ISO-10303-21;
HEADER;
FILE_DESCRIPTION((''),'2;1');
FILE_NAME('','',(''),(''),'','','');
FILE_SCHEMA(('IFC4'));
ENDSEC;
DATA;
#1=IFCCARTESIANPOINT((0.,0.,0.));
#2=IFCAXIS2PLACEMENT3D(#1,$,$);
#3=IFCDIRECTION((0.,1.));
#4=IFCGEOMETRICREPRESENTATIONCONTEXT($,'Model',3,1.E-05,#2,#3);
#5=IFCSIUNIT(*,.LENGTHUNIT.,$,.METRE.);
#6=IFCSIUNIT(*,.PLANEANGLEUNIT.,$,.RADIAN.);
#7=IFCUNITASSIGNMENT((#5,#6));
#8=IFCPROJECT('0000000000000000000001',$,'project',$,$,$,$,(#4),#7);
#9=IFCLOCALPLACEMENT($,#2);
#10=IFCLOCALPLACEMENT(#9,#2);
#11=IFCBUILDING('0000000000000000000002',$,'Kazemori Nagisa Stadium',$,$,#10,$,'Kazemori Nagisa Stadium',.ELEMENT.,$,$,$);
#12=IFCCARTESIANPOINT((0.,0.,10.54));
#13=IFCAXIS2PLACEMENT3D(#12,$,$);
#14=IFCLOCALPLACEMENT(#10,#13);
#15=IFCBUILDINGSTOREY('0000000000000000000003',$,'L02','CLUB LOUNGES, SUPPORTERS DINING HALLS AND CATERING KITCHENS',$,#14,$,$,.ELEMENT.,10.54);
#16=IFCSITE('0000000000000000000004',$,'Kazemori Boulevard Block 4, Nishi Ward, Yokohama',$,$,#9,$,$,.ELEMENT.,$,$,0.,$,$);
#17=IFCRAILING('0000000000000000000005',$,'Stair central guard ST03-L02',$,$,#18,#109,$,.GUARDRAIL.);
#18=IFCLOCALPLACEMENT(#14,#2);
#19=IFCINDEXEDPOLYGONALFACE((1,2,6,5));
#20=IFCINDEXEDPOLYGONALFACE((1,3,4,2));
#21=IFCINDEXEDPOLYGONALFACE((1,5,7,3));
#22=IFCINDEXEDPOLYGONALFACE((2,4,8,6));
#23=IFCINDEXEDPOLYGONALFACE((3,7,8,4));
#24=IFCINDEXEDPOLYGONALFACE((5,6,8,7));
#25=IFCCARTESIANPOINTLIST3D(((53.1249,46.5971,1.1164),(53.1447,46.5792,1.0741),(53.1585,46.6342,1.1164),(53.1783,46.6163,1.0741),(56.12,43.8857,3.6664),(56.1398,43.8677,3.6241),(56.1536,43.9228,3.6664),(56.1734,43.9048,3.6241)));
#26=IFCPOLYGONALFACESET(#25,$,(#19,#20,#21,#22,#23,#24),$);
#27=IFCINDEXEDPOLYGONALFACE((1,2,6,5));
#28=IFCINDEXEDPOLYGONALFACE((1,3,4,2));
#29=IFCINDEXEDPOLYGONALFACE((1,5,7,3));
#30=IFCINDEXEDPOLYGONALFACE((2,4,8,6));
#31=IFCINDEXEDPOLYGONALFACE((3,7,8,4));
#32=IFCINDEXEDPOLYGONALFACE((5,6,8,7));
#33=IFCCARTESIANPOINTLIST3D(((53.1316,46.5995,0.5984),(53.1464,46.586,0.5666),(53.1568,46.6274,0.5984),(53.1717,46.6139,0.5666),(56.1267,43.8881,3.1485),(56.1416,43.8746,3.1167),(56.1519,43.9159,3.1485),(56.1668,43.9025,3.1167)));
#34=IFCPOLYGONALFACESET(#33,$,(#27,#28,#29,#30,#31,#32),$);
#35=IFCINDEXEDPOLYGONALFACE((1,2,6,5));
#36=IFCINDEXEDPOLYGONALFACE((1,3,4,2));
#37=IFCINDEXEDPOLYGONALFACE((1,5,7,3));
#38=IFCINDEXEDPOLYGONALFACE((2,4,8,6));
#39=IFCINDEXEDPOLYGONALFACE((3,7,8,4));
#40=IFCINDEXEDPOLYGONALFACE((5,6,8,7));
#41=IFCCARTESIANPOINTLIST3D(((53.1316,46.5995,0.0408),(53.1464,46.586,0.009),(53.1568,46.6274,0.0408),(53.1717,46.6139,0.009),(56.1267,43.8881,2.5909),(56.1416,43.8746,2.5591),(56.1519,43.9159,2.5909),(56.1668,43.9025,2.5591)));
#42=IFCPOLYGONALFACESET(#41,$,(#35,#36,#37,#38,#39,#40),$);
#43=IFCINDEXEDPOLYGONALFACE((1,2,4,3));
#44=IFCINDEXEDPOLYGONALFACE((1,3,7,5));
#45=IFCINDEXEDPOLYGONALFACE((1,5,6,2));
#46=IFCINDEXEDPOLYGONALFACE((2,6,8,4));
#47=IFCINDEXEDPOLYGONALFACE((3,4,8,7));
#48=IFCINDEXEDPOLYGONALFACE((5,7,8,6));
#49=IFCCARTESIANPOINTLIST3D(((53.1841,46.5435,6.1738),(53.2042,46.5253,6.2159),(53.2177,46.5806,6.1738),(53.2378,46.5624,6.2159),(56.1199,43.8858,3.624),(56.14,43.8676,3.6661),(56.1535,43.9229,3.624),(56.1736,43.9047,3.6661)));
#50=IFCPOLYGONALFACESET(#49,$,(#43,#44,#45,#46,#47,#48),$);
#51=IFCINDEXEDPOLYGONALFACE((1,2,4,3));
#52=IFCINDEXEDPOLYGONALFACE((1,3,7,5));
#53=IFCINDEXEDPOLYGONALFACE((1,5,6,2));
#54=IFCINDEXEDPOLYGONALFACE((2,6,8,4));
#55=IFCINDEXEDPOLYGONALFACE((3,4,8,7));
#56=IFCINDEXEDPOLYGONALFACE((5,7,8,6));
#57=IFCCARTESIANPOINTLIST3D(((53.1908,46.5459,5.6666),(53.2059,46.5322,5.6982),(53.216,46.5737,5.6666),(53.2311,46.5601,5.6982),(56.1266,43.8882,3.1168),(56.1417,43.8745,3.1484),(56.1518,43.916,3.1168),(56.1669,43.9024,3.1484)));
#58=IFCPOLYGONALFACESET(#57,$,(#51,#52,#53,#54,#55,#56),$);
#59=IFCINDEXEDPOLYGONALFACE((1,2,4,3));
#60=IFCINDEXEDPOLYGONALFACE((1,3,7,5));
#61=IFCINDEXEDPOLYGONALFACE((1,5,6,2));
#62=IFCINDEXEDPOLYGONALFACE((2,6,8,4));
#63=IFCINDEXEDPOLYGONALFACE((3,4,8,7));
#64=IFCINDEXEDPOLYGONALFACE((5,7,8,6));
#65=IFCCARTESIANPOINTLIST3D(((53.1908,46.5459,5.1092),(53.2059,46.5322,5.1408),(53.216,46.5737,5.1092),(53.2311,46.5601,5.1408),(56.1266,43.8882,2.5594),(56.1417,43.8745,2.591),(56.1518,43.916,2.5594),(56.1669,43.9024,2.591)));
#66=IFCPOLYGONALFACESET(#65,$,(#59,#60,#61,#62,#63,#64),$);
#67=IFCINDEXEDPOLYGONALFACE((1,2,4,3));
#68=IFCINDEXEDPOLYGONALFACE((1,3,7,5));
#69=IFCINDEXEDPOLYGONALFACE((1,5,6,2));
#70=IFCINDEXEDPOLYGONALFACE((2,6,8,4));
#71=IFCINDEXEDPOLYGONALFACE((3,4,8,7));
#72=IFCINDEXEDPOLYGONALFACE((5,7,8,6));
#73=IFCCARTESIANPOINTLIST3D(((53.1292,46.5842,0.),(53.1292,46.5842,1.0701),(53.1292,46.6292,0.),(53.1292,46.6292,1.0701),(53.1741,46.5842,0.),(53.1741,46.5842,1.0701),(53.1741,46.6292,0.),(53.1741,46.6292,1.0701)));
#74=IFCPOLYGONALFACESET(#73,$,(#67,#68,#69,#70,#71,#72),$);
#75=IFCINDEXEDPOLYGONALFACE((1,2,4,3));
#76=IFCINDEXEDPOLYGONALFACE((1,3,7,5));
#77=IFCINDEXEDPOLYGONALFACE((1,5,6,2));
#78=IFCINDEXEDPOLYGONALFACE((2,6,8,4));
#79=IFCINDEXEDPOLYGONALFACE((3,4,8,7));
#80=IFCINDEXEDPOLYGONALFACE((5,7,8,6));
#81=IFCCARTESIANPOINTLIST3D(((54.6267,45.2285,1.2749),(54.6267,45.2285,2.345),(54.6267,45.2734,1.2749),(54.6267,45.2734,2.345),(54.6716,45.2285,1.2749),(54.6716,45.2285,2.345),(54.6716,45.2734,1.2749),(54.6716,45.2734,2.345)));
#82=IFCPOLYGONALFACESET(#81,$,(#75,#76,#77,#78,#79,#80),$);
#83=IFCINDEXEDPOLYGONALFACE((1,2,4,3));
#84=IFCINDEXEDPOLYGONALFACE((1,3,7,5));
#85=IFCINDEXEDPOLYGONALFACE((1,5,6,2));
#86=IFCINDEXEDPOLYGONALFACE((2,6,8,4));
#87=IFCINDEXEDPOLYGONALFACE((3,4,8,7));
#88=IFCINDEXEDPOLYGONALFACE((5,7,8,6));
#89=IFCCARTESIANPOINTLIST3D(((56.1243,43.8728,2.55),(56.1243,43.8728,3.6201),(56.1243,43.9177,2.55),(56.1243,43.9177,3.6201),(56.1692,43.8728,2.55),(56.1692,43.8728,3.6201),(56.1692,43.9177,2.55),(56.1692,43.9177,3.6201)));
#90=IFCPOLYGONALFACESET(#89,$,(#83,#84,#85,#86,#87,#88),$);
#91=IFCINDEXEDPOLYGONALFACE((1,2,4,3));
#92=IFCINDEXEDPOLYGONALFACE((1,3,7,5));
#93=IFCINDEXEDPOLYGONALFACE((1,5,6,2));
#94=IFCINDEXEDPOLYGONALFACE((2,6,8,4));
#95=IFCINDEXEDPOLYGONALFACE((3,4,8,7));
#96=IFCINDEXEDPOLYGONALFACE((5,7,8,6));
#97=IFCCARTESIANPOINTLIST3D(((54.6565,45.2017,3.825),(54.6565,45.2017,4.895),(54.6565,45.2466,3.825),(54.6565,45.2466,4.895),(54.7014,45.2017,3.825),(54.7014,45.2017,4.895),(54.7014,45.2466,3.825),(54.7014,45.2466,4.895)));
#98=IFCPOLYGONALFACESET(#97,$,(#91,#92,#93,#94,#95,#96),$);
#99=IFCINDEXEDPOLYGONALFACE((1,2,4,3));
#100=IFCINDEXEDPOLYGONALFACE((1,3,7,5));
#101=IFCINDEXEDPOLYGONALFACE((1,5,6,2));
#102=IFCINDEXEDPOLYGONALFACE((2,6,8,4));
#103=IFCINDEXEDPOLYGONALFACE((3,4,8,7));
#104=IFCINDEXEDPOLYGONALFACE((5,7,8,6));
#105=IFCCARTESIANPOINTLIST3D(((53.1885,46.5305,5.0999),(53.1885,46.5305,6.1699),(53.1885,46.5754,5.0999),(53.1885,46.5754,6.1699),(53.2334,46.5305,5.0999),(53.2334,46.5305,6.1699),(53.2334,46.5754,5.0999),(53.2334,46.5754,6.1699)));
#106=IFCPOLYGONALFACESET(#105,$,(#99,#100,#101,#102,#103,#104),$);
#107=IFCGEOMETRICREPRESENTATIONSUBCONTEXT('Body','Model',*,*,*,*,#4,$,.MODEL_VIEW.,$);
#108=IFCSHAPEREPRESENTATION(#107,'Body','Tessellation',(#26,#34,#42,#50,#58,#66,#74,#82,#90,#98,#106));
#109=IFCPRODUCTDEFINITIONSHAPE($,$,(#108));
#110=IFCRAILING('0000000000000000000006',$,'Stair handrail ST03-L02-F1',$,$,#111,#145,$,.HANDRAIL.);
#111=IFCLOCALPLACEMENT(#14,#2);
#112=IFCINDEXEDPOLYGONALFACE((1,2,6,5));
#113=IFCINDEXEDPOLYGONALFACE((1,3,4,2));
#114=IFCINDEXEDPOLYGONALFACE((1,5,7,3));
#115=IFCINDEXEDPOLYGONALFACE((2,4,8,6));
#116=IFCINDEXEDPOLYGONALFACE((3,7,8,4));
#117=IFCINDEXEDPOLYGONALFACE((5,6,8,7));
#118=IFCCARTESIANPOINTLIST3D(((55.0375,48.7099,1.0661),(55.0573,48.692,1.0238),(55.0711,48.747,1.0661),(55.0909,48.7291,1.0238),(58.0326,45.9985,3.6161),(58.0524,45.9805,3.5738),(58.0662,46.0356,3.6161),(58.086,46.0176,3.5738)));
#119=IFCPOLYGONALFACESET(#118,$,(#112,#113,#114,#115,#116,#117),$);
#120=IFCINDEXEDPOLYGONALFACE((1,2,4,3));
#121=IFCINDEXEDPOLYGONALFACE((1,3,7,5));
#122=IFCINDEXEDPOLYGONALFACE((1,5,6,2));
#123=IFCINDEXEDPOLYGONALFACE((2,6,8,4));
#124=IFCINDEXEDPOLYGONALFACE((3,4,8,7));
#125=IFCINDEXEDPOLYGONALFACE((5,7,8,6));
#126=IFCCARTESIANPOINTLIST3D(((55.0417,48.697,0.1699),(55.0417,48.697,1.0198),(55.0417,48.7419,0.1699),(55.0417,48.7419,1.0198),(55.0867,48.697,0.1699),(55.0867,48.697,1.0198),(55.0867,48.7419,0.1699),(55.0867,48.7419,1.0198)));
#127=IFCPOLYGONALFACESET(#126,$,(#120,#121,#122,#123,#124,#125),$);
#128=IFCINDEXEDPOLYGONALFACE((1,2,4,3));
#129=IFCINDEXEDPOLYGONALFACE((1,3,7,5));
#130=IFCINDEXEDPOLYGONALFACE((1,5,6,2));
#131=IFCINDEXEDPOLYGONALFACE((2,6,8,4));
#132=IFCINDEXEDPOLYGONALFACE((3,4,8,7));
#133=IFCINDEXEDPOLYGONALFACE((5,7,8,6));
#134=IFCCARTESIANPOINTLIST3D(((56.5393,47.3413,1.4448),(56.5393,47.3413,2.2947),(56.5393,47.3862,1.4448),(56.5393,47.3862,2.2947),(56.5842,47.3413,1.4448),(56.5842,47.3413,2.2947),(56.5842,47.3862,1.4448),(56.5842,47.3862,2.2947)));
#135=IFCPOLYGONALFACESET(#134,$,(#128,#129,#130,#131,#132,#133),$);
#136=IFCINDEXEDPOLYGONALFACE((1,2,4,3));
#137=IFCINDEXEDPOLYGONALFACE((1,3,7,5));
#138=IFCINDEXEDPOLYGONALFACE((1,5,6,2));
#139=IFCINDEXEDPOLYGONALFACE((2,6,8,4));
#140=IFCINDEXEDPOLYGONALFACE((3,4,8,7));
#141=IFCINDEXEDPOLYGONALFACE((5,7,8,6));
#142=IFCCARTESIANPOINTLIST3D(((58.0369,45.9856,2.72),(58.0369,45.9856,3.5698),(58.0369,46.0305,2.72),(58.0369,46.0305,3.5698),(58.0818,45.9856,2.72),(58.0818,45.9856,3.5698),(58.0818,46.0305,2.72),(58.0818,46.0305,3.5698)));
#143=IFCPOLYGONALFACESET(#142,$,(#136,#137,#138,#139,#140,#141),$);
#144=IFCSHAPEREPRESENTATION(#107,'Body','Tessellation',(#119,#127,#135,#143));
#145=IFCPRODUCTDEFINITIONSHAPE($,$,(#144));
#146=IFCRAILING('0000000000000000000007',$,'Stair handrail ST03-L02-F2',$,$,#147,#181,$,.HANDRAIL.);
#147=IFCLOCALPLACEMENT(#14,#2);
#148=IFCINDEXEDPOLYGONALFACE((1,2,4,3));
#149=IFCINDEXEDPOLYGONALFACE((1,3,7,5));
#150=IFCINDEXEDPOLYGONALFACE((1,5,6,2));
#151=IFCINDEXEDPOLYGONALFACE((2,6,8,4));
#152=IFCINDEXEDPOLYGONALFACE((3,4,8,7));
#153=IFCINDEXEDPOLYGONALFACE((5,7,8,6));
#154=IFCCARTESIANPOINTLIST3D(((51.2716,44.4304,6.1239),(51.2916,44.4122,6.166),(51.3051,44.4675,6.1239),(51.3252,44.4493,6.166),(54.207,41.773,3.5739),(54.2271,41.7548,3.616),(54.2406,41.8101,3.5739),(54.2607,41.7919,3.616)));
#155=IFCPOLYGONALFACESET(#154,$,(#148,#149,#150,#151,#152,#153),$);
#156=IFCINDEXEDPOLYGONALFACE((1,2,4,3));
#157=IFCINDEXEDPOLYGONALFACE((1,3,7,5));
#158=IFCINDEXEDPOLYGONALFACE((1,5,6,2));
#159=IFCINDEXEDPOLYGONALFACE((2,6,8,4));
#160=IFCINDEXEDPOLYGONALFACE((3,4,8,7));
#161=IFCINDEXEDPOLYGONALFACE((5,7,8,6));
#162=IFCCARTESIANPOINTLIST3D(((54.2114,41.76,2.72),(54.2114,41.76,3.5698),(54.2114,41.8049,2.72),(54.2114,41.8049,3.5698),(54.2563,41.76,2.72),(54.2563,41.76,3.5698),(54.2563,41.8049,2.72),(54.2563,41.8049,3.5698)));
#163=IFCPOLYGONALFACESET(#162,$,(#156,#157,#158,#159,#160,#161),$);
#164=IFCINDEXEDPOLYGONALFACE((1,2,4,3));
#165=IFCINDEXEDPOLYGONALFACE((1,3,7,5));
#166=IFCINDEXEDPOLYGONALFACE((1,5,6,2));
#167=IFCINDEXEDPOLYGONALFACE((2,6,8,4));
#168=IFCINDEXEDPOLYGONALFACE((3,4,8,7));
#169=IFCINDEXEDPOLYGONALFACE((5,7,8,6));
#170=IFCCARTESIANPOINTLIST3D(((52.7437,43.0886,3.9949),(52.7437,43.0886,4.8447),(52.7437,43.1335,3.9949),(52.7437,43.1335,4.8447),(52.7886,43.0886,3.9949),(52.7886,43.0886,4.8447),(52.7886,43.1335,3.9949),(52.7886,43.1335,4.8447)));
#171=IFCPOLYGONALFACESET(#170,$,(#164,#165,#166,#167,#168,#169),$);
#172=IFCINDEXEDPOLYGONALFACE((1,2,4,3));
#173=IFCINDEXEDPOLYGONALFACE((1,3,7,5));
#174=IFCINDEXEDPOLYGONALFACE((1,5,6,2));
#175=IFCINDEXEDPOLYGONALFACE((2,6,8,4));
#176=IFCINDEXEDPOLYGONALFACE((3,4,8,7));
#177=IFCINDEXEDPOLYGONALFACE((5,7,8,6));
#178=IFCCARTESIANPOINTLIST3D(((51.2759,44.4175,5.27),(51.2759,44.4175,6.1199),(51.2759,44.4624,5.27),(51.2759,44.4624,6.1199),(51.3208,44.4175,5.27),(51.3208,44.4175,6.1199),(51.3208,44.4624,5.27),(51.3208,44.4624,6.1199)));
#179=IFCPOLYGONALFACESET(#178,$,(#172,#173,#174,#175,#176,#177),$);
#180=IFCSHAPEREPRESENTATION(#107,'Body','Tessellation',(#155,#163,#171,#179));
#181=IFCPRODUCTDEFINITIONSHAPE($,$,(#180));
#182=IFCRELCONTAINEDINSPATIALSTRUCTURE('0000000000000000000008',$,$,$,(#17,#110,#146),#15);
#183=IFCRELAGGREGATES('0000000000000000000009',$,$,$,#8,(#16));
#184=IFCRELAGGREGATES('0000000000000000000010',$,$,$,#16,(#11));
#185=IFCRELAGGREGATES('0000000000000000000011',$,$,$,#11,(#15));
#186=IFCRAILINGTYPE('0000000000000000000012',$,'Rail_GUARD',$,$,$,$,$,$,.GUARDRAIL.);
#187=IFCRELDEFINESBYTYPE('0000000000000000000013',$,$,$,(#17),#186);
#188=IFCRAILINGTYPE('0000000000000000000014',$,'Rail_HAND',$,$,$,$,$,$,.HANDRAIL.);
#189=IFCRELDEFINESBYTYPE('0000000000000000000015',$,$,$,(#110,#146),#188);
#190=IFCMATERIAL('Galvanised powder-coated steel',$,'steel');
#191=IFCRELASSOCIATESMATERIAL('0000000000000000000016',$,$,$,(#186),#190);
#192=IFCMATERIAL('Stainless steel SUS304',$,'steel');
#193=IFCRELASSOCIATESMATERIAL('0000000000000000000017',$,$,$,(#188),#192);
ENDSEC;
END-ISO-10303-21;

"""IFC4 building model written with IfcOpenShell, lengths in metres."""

from ifc_helpers import new_model, si_unit, direction, frame, origin, origin_2d, place, context, subcontext, project, spatial, rectangle, extrude, material, type_object, element, save


model = new_model("IFC4")

# Units and contexts
model_context = context("Model", 3, precision=1e-05, world=origin(), true_north=direction((0.0, 1.0)))
body_context = subcontext(model_context, "Body", "Model", "MODEL_VIEW")
ifc_project = project(units=[si_unit("LENGTHUNIT", "METRE"), si_unit("PLANEANGLEUNIT", "RADIAN")], contexts=[model_context])

# Site, building, storey
site_placement = place(None, origin())
site = spatial("IfcSite", under=ifc_project, at=site_placement, Name="Kazemori Boulevard Block 4, Nishi Ward, Yokohama", CompositionType="ELEMENT", RefElevation=0.0)
building_placement = place(site_placement, origin())
building = spatial("IfcBuilding", under=site, at=building_placement, Name="Kazemori Nagisa Stadium", LongName="Kazemori Nagisa Stadium", CompositionType="ELEMENT")
storey_placement = place(building_placement, frame((0.0, 0.0, 10.54)))
storey = spatial("IfcBuildingStorey", under=building, at=storey_placement, Name="L02", Description="CLUB LOUNGES, SUPPORTERS DINING HALLS AND CATERING KITCHENS", CompositionType="ELEMENT", Elevation=10.54)

# Railings
ifc_material_1 = material(Name="Galvanised powder-coated steel", Category="steel")
railing_type_1 = type_object("IfcRailingType", Name="Rail_GUARD", PredefinedType="GUARDRAIL", material=ifc_material_1)
railing_1_placement = place(storey_placement, frame((53.1516, 46.6067, 0.0)))
element("IfcRailing", 1, at=railing_1_placement, inside=storey, type_object=railing_type_1, Name="Stair central guard ST03-L02", PredefinedType="GUARDRAIL", context=body_context, shape_type="SweptSolid", body=[
    extrude(rectangle(XDim=0.05, YDim=0.05, at=origin_2d()), frame((0.0, 0.0, 1.0952), z_axis=(0.62691, -0.567531, 0.533753), x_axis=(0.671125, 0.741344, 0.0)), (0.0, 0.0, 1.0), 4.7776),
    extrude(rectangle(XDim=0.0376, YDim=0.0376, at=origin_2d()), frame((0.0, 0.0, 0.5825), z_axis=(0.62691, -0.567531, 0.533753), x_axis=(0.671125, 0.741344, 0.0)), (0.0, 0.0, 1.0), 4.7776),
    extrude(rectangle(XDim=0.0376, YDim=0.0376, at=origin_2d()), frame((0.0, 0.0, 0.0249), z_axis=(0.62691, -0.567531, 0.533753), x_axis=(0.671125, 0.741344, 0.0)), (0.0, 0.0, 1.0), 4.7776),
    extrude(rectangle(XDim=0.05, YDim=0.05, at=origin_2d()), frame((2.9951, -2.7114, 3.645), z_axis=(-0.623314, 0.564274, 0.541363), x_axis=(-0.671125, -0.741344, 0.0)), (0.0, 0.0, 1.0), 4.71),
    extrude(rectangle(XDim=0.0376, YDim=0.0376, at=origin_2d()), frame((2.9951, -2.7114, 3.1326), z_axis=(-0.623314, 0.564274, 0.541363), x_axis=(-0.671125, -0.741344, 0.0)), (0.0, 0.0, 1.0), 4.71),
    extrude(rectangle(XDim=0.0376, YDim=0.0376, at=origin_2d()), frame((2.9951, -2.7114, 2.5752), z_axis=(-0.623314, 0.564274, 0.541363), x_axis=(-0.671125, -0.741344, 0.0)), (0.0, 0.0, 1.0), 4.71),
    extrude(rectangle(XDim=0.0449, YDim=0.0449, at=origin_2d()), origin(), (0.0, 0.0, 1.0), 1.0701),
    extrude(rectangle(XDim=0.0449, YDim=0.0449, at=origin_2d()), frame((1.4976, -1.3557, 1.2749)), (0.0, 0.0, 1.0), 1.0701),
    extrude(rectangle(XDim=0.0449, YDim=0.0449, at=origin_2d()), frame((2.9951, -2.7114, 2.55)), (0.0, 0.0, 1.0), 1.0701),
    extrude(rectangle(XDim=0.0449, YDim=0.0449, at=origin_2d()), frame((1.5273, -1.3826, 3.825)), (0.0, 0.0, 1.0), 1.0701),
    extrude(rectangle(XDim=0.0449, YDim=0.0449, at=origin_2d()), frame((0.0593, -0.0537, 5.0999)), (0.0, 0.0, 1.0), 1.0701),
])
ifc_material_2 = material(Name="Stainless steel SUS304", Category="steel")
railing_type_2 = type_object("IfcRailingType", Name="Rail_HAND", PredefinedType="HANDRAIL", material=ifc_material_2)
railing_2_placement = place(storey_placement, frame((55.0642, 48.7195, 0.1699)))
element("IfcRailing", 2, at=railing_2_placement, inside=storey, type_object=railing_type_2, Name="Stair handrail ST03-L02-F1", PredefinedType="HANDRAIL", context=body_context, shape_type="SweptSolid", body=[
    extrude(rectangle(XDim=0.05, YDim=0.05, at=origin_2d()), frame((0.0, 0.0, 0.875), z_axis=(0.62691, -0.567531, 0.533753), x_axis=(0.671125, 0.741344, 0.0)), (0.0, 0.0, 1.0), 4.7776),
    extrude(rectangle(XDim=0.0449, YDim=0.0449, at=origin_2d()), origin(), (0.0, 0.0, 1.0), 0.8499),
    extrude(rectangle(XDim=0.0449, YDim=0.0449, at=origin_2d()), frame((1.4976, -1.3557, 1.2749)), (0.0, 0.0, 1.0), 0.8499),
    extrude(rectangle(XDim=0.0449, YDim=0.0449, at=origin_2d()), frame((2.9951, -2.7114, 2.55)), (0.0, 0.0, 1.0), 0.8499),
])
railing_3_placement = place(storey_placement, frame((54.2339, 41.7825, 2.72)))
element("IfcRailing", 3, at=railing_3_placement, inside=storey, type_object=railing_type_2, Name="Stair handrail ST03-L02-F2", PredefinedType="HANDRAIL", context=body_context, shape_type="SweptSolid", body=[
    extrude(rectangle(XDim=0.05, YDim=0.05, at=origin_2d()), frame((0.0, 0.0, 0.875), z_axis=(-0.623283, 0.564241, 0.541433), x_axis=(-0.671122, -0.741347, 0.0)), (0.0, 0.0, 1.0), 4.7097),
    extrude(rectangle(XDim=0.0449, YDim=0.0449, at=origin_2d()), origin(), (0.0, 0.0, 1.0), 0.8499),
    extrude(rectangle(XDim=0.0449, YDim=0.0449, at=origin_2d()), frame((-1.4678, 1.3286, 1.2749)), (0.0, 0.0, 1.0), 0.8499),
    extrude(rectangle(XDim=0.0449, YDim=0.0449, at=origin_2d()), frame((-2.9355, 2.6575, 2.55)), (0.0, 0.0, 1.0), 0.8499),
])

save(model, "model.ifc")
